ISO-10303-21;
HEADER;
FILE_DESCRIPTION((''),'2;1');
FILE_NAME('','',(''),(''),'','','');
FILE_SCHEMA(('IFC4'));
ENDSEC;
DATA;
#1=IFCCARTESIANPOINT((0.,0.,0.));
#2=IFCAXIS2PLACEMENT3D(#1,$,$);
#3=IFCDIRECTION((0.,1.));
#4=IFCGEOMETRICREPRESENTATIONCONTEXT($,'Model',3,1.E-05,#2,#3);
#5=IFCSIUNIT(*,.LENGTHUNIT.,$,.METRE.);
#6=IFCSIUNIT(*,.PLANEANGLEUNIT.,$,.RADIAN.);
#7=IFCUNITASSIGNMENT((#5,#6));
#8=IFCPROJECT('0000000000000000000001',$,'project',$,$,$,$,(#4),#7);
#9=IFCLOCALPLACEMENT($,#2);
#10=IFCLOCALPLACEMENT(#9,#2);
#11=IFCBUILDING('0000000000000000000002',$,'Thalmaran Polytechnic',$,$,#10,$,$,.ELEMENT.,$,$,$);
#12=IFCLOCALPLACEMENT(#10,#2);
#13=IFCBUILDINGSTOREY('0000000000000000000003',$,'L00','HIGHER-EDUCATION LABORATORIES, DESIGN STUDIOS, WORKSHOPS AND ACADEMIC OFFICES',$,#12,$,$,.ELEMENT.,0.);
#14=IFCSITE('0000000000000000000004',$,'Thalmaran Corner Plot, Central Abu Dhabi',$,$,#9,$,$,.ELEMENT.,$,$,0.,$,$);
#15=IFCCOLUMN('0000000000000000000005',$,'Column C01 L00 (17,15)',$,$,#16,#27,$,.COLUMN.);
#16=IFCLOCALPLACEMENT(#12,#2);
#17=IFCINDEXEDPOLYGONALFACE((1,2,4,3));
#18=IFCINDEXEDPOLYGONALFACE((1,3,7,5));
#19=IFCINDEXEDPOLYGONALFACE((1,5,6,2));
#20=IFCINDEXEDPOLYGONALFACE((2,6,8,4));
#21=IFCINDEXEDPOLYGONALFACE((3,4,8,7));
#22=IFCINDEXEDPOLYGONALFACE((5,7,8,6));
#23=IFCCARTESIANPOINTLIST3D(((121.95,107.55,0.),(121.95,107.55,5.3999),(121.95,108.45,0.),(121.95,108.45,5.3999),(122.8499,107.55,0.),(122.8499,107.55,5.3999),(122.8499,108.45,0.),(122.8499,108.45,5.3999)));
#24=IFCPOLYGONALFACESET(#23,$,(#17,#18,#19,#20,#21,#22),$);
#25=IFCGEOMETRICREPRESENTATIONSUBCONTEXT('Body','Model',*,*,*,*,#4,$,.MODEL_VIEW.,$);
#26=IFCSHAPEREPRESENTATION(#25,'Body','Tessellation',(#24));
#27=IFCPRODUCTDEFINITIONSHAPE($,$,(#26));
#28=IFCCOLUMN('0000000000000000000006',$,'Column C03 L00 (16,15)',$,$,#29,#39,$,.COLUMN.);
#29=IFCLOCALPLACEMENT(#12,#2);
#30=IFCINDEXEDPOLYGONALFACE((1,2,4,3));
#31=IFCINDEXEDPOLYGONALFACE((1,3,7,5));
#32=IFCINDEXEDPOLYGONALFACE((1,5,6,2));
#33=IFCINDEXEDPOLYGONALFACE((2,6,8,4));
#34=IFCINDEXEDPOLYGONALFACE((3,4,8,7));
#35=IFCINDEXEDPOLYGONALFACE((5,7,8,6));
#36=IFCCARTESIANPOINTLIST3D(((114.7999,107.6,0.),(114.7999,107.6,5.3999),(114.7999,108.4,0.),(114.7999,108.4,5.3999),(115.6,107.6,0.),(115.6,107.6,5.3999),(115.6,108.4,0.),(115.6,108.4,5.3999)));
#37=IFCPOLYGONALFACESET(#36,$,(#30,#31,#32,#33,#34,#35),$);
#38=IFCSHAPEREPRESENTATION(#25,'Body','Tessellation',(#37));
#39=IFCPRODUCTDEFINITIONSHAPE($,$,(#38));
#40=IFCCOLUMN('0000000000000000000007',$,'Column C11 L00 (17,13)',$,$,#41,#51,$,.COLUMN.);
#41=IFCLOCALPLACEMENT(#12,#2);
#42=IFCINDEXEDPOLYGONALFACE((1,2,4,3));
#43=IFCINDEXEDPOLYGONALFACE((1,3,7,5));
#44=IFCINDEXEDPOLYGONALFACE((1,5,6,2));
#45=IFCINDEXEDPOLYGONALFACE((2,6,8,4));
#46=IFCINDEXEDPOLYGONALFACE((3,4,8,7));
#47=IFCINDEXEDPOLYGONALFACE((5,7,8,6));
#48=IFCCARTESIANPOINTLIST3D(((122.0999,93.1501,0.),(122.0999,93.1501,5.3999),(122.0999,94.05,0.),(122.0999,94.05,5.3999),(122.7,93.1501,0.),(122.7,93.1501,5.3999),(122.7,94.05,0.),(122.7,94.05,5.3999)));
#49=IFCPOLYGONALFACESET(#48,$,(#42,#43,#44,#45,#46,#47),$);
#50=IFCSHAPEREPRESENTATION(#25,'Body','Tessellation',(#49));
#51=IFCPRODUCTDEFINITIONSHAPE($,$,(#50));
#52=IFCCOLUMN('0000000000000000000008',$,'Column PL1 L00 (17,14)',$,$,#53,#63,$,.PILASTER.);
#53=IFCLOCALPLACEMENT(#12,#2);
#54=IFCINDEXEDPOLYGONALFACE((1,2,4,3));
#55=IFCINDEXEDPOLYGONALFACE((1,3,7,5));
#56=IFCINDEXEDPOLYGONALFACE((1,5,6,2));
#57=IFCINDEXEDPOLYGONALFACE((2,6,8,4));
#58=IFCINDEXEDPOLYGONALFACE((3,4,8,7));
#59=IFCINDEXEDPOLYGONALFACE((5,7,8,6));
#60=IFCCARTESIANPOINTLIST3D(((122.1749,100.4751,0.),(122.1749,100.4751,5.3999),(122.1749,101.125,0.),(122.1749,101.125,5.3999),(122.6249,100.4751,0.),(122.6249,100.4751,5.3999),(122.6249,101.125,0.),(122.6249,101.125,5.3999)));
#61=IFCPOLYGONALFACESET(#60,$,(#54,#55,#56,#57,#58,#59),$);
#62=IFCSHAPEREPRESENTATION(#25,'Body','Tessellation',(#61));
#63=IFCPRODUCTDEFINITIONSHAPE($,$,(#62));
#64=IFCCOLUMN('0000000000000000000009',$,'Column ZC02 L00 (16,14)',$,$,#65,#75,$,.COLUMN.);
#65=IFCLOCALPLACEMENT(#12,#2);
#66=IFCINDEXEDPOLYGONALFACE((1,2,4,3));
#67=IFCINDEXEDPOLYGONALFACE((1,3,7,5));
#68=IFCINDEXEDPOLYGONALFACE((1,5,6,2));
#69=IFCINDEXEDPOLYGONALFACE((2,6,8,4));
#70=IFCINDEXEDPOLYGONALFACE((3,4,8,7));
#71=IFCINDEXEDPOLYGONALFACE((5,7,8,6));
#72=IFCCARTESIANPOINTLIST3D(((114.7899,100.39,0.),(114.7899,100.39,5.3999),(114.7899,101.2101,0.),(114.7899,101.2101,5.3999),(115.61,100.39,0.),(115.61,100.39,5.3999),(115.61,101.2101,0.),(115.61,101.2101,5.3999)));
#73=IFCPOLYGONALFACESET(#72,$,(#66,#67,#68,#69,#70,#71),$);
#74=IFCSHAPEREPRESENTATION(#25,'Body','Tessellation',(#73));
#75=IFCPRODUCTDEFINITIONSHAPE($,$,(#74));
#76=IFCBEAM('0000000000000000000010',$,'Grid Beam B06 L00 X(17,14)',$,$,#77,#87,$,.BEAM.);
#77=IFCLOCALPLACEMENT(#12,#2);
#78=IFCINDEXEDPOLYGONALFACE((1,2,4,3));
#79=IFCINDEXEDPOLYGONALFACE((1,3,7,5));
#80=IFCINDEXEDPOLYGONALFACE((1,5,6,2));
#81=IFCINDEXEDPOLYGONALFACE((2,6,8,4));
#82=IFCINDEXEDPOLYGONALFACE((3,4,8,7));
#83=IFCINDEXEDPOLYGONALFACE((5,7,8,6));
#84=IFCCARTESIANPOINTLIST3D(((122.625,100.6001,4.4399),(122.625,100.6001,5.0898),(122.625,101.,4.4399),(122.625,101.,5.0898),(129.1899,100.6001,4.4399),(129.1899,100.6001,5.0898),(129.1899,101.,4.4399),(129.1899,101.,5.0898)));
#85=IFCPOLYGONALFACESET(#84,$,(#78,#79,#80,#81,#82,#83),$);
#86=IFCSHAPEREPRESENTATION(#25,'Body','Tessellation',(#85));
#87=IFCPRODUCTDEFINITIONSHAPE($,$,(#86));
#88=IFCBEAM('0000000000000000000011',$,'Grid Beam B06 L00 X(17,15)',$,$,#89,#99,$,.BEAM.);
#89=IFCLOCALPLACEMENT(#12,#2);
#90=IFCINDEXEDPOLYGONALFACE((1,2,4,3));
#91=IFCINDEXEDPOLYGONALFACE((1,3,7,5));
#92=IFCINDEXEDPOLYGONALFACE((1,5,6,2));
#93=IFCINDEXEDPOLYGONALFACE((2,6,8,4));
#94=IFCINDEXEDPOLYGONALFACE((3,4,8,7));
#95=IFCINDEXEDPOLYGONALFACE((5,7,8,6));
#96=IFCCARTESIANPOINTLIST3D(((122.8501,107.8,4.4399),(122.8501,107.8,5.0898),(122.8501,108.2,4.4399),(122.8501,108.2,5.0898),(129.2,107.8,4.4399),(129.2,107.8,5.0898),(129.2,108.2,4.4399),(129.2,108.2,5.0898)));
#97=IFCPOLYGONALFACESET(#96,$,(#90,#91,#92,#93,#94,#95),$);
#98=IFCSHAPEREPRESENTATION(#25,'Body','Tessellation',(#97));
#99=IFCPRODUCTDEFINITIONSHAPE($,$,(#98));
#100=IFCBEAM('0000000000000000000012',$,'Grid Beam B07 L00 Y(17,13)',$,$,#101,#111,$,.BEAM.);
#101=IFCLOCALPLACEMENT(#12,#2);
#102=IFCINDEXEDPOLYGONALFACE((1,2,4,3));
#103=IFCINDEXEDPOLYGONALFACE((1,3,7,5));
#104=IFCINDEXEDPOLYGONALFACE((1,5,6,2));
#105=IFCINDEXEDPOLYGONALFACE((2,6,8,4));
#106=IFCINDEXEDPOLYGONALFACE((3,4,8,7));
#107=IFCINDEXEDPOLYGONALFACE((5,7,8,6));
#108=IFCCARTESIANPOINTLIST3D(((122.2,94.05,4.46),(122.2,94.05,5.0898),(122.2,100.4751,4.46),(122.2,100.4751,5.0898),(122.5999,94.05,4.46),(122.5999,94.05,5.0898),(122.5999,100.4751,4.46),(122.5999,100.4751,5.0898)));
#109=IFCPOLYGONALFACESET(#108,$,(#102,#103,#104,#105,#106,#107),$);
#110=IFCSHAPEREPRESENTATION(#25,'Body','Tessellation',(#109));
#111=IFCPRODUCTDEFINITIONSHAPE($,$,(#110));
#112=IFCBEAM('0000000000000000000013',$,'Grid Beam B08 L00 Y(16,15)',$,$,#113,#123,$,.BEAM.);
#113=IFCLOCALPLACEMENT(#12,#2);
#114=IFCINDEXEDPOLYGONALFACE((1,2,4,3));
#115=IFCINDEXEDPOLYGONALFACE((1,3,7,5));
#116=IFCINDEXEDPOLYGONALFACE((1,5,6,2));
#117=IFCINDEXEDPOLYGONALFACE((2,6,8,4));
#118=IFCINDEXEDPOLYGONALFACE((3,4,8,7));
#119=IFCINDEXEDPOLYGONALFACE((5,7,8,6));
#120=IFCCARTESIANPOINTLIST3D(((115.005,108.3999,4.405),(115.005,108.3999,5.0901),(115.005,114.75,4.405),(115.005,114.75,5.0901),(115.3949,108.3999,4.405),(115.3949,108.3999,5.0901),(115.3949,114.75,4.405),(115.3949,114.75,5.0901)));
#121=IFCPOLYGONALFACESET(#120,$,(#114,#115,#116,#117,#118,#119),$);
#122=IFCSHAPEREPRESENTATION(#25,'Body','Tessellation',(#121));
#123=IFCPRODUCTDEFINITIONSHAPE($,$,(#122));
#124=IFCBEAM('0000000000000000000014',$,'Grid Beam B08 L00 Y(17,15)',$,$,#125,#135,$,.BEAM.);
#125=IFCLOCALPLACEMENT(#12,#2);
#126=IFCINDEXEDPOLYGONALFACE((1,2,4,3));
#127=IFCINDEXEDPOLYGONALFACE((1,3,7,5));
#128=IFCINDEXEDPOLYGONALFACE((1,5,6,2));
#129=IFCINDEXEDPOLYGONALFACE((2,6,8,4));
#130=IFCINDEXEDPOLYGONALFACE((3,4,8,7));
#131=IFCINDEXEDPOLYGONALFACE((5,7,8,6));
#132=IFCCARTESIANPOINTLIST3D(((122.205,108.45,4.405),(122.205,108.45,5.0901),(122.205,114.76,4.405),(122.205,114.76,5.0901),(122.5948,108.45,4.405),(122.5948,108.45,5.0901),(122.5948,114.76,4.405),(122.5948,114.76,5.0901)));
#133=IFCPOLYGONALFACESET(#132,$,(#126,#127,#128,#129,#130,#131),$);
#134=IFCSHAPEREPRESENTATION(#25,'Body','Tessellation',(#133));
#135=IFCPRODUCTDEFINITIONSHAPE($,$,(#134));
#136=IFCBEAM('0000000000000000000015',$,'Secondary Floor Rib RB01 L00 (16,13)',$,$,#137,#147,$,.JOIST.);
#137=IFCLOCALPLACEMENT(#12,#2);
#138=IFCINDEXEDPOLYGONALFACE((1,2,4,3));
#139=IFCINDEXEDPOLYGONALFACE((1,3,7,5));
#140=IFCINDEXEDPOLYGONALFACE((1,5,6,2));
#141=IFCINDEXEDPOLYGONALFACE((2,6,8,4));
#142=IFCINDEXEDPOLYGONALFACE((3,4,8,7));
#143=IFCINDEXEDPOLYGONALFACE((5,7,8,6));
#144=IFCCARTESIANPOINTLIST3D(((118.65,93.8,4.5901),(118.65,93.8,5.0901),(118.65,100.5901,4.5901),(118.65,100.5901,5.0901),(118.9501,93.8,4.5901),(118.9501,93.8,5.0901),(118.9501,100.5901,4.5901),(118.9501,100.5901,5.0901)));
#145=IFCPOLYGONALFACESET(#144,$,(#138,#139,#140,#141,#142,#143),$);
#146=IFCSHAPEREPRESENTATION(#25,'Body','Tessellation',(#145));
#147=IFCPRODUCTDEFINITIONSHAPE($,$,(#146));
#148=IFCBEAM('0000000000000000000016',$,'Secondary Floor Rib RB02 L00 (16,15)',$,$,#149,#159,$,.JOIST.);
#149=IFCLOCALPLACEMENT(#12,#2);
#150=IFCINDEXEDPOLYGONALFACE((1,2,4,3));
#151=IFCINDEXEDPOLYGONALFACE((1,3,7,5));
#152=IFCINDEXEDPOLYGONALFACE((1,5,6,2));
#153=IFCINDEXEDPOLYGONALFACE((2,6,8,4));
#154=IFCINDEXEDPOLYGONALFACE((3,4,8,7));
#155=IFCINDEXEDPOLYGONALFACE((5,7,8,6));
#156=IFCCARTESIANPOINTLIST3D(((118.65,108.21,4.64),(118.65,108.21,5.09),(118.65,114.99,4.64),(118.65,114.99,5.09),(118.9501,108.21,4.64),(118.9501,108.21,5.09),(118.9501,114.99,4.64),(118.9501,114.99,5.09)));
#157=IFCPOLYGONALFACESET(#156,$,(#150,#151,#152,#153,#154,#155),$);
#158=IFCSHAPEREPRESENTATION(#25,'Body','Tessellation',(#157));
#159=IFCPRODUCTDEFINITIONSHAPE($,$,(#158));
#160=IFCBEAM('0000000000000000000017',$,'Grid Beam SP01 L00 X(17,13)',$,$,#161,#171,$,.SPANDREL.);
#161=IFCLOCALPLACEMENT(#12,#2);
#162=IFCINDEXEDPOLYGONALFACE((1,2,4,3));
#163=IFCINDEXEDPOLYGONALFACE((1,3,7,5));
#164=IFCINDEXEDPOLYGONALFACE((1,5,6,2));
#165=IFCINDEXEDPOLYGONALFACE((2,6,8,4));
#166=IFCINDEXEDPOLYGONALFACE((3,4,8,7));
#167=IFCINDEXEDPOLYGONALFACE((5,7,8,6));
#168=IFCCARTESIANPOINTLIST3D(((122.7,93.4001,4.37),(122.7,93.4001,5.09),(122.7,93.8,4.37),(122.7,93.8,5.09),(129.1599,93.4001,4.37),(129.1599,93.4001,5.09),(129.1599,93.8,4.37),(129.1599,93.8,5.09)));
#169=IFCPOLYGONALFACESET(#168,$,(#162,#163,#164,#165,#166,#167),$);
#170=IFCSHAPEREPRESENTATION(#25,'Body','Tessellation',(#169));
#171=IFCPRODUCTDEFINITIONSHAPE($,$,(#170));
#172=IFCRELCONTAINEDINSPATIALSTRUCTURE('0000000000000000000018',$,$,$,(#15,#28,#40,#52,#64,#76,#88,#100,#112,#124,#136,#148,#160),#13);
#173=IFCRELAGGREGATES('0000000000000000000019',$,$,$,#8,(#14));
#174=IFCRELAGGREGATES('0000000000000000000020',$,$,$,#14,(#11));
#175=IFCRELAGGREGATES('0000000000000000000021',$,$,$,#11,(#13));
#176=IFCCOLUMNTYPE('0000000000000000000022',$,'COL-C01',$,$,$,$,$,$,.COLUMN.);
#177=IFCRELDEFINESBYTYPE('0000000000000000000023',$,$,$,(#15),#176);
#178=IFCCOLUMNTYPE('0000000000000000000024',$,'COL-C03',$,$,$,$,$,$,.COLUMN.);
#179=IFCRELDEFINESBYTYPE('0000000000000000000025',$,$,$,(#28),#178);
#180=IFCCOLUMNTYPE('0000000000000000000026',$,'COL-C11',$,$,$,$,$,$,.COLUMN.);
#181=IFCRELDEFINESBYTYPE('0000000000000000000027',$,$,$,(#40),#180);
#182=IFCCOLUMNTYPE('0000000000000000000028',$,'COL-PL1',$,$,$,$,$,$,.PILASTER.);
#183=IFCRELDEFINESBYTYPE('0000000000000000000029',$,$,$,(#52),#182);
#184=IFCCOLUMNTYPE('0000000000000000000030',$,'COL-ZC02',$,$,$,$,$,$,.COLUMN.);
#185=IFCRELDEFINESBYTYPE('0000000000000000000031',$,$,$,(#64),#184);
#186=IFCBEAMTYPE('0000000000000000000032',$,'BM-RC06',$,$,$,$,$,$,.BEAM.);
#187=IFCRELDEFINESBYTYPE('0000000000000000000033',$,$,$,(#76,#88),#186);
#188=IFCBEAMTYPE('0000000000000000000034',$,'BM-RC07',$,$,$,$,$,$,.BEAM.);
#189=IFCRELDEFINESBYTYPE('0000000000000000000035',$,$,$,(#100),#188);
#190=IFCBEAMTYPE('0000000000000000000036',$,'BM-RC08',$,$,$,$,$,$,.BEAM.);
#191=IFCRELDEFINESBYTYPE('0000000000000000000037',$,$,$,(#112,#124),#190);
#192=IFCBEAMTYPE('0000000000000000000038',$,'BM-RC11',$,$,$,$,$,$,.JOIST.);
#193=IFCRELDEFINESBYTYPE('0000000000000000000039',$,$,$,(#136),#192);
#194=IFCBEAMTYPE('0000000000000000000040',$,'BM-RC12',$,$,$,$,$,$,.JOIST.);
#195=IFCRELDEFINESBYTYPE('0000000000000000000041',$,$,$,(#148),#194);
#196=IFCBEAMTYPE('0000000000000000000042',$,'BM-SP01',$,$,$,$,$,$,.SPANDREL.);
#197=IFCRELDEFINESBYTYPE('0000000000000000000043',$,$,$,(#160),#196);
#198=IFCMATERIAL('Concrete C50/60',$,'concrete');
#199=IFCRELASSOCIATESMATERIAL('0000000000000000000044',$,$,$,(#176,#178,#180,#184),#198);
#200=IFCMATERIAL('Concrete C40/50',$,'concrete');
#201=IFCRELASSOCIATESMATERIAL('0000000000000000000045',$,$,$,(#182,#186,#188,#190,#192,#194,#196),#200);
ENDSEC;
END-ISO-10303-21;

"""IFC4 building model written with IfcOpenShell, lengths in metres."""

from ifc_helpers import new_model, si_unit, direction, frame, origin, origin_2d, place, context, subcontext, project, spatial, rectangle, extrude, material, material_profile, profile_set, type_object, element, save


model = new_model("IFC4")

# Units and contexts
model_context = context("Model", 3, precision=1e-05, world=origin(), true_north=direction((0.0, 1.0)))
body_context = subcontext(model_context, "Body", "Model", "MODEL_VIEW")
ifc_project = project(units=[si_unit("LENGTHUNIT", "METRE"), si_unit("PLANEANGLEUNIT", "RADIAN")], contexts=[model_context])

# Site, building, storey
site_placement = place(None, origin())
site = spatial("IfcSite", under=ifc_project, at=site_placement, Name="Thalmaran Corner Plot, Central Abu Dhabi", CompositionType="ELEMENT", RefElevation=0.0)
building_placement = place(site_placement, origin())
building = spatial("IfcBuilding", under=site, at=building_placement, Name="Thalmaran Polytechnic", CompositionType="ELEMENT")
storey_placement = place(building_placement, origin())
storey = spatial("IfcBuildingStorey", under=building, at=storey_placement, Name="L00", Description="HIGHER-EDUCATION LABORATORIES, DESIGN STUDIOS, WORKSHOPS AND ACADEMIC OFFICES", CompositionType="ELEMENT", Elevation=0.0)

# Columns
ifc_material_1 = material(Name="Concrete C50/60", Category="concrete")
ifc_material_profile_1 = material_profile(ifc_material_1, rectangle(XDim=0.8999, YDim=0.8999, at=origin_2d()), Name="RC 900x900")
ifc_profile_set_1 = profile_set([ifc_material_profile_1], Name="Concrete C50/60")
column_type_1 = type_object("IfcColumnType", Name="COL-C01", PredefinedType="COLUMN", material=ifc_profile_set_1)
column_1_placement = place(storey_placement, frame((122.3999, 108.0, 0.0), z_axis=(0.0, 0.0, 1.0), x_axis=(1.0, 0.0, 0.0)))
element("IfcColumn", 1, at=column_1_placement, inside=storey, type_object=column_type_1, Name="Column C01 L00 (17,15)", PredefinedType="COLUMN", context=body_context, shape_type="SweptSolid", body=[
    extrude(rectangle(XDim=0.8999, YDim=0.8999, at=origin_2d()), origin(), (0.0, 0.0, 1.0), 5.3999),
])
ifc_material_profile_2 = material_profile(ifc_material_1, rectangle(XDim=0.8, YDim=0.8, at=origin_2d()), Name="RC 800x800")
ifc_profile_set_2 = profile_set([ifc_material_profile_2], Name="Concrete C50/60")
column_type_2 = type_object("IfcColumnType", Name="COL-C03", PredefinedType="COLUMN", material=ifc_profile_set_2)
column_2_placement = place(storey_placement, frame((115.2, 108.0, 0.0), z_axis=(0.0, 0.0, 1.0), x_axis=(1.0, 0.0, 0.0)))
element("IfcColumn", 2, at=column_2_placement, inside=storey, type_object=column_type_2, Name="Column C03 L00 (16,15)", PredefinedType="COLUMN", context=body_context, shape_type="SweptSolid", body=[
    extrude(rectangle(XDim=0.8, YDim=0.8, at=origin_2d()), origin(), (0.0, 0.0, 1.0), 5.3999),
])
ifc_material_profile_3 = material_profile(ifc_material_1, rectangle(XDim=0.6001, YDim=0.8999, at=origin_2d()), Name="RC 600x900")
ifc_profile_set_3 = profile_set([ifc_material_profile_3], Name="Concrete C50/60")
column_type_3 = type_object("IfcColumnType", Name="COL-C11", PredefinedType="COLUMN", material=ifc_profile_set_3)
column_3_placement = place(storey_placement, frame((122.3999, 93.6001, 0.0), z_axis=(0.0, 0.0, 1.0), x_axis=(1.0, 0.0, 0.0)))
element("IfcColumn", 3, at=column_3_placement, inside=storey, type_object=column_type_3, Name="Column C11 L00 (17,13)", PredefinedType="COLUMN", context=body_context, shape_type="SweptSolid", body=[
    extrude(rectangle(XDim=0.6001, YDim=0.8999, at=origin_2d()), origin(), (0.0, 0.0, 1.0), 5.3999),
])
ifc_material_2 = material(Name="Concrete C40/50", Category="concrete")
ifc_material_profile_4 = material_profile(ifc_material_2, rectangle(XDim=0.45, YDim=0.6499, at=origin_2d()), Name="RC 450x650")
ifc_profile_set_4 = profile_set([ifc_material_profile_4], Name="Concrete C40/50")
column_type_4 = type_object("IfcColumnType", Name="COL-PL1", PredefinedType="PILASTER", material=ifc_profile_set_4)
column_4_placement = place(storey_placement, frame((122.3999, 100.8, 0.0), z_axis=(0.0, 0.0, 1.0), x_axis=(1.0, 0.0, 0.0)))
element("IfcColumn", 4, at=column_4_placement, inside=storey, type_object=column_type_4, Name="Column PL1 L00 (17,14)", PredefinedType="PILASTER", context=body_context, shape_type="SweptSolid", body=[
    extrude(rectangle(XDim=0.45, YDim=0.6499, at=origin_2d()), origin(), (0.0, 0.0, 1.0), 5.3999),
])
ifc_material_profile_5 = material_profile(ifc_material_1, rectangle(XDim=0.8201, YDim=0.8201, at=origin_2d()), Name="RC 820x820")
ifc_profile_set_5 = profile_set([ifc_material_profile_5], Name="Concrete C50/60")
column_type_5 = type_object("IfcColumnType", Name="COL-ZC02", PredefinedType="COLUMN", material=ifc_profile_set_5)
column_5_placement = place(storey_placement, frame((115.2, 100.8, 0.0), z_axis=(0.0, 0.0, 1.0), x_axis=(1.0, 0.0, 0.0)))
element("IfcColumn", 5, at=column_5_placement, inside=storey, type_object=column_type_5, Name="Column ZC02 L00 (16,14)", PredefinedType="COLUMN", context=body_context, shape_type="SweptSolid", body=[
    extrude(rectangle(XDim=0.8201, YDim=0.8201, at=origin_2d()), origin(), (0.0, 0.0, 1.0), 5.3999),
])

# Beams
ifc_material_profile_6 = material_profile(ifc_material_2, rectangle(XDim=0.3999, YDim=0.6499, at=origin_2d()), Name="RC 400x650")
ifc_profile_set_6 = profile_set([ifc_material_profile_6], Name="Concrete C40/50")
beam_type_1 = type_object("IfcBeamType", Name="BM-RC06", PredefinedType="BEAM", material=ifc_profile_set_6)
beam_1_placement = place(storey_placement, frame((122.625, 100.8, 4.7649), z_axis=(1.0, 0.0, 0.0), x_axis=(0.0, 1.0, 0.0)))
element("IfcBeam", 6, at=beam_1_placement, inside=storey, type_object=beam_type_1, Name="Grid Beam B06 L00 X(17,14)", PredefinedType="BEAM", context=body_context, shape_type="SweptSolid", body=[
    extrude(rectangle(XDim=0.3999, YDim=0.6499, at=origin_2d()), origin(), (0.0, 0.0, 1.0), 6.5649),
])
beam_2_placement = place(storey_placement, frame((122.8501, 108.0, 4.7649), z_axis=(1.0, 0.0, 0.0), x_axis=(0.0, 1.0, 0.0)))
element("IfcBeam", 7, at=beam_2_placement, inside=storey, type_object=beam_type_1, Name="Grid Beam B06 L00 X(17,15)", PredefinedType="BEAM", context=body_context, shape_type="SweptSolid", body=[
    extrude(rectangle(XDim=0.3999, YDim=0.6499, at=origin_2d()), origin(), (0.0, 0.0, 1.0), 6.3499),
])
ifc_material_profile_7 = material_profile(ifc_material_2, rectangle(XDim=0.3999, YDim=0.6299, at=origin_2d()), Name="RC 400x630")
ifc_profile_set_7 = profile_set([ifc_material_profile_7], Name="Concrete C40/50")
beam_type_2 = type_object("IfcBeamType", Name="BM-RC07", PredefinedType="BEAM", material=ifc_profile_set_7)
beam_3_placement = place(storey_placement, frame((122.3999, 94.05, 4.7749), z_axis=(0.0, 1.0, 0.0), x_axis=(-1.0, 0.0, 0.0)))
element("IfcBeam", 8, at=beam_3_placement, inside=storey, type_object=beam_type_2, Name="Grid Beam B07 L00 Y(17,13)", PredefinedType="BEAM", context=body_context, shape_type="SweptSolid", body=[
    extrude(rectangle(XDim=0.3999, YDim=0.6299, at=origin_2d()), origin(), (0.0, 0.0, 1.0), 6.425),
])
ifc_material_profile_8 = material_profile(ifc_material_2, rectangle(XDim=0.3899, YDim=0.6851, at=origin_2d()), Name="RC 390x685")
ifc_profile_set_8 = profile_set([ifc_material_profile_8], Name="Concrete C40/50")
beam_type_3 = type_object("IfcBeamType", Name="BM-RC08", PredefinedType="BEAM", material=ifc_profile_set_8)
beam_4_placement = place(storey_placement, frame((115.2, 108.3999, 4.7476), z_axis=(0.0, 1.0, 0.0), x_axis=(-1.0, 0.0, 0.0)))
element("IfcBeam", 9, at=beam_4_placement, inside=storey, type_object=beam_type_3, Name="Grid Beam B08 L00 Y(16,15)", PredefinedType="BEAM", context=body_context, shape_type="SweptSolid", body=[
    extrude(rectangle(XDim=0.3899, YDim=0.6851, at=origin_2d()), origin(), (0.0, 0.0, 1.0), 6.3501),
])
beam_5_placement = place(storey_placement, frame((122.3999, 108.45, 4.7476), z_axis=(0.0, 1.0, 0.0), x_axis=(-1.0, 0.0, 0.0)))
element("IfcBeam", 10, at=beam_5_placement, inside=storey, type_object=beam_type_3, Name="Grid Beam B08 L00 Y(17,15)", PredefinedType="BEAM", context=body_context, shape_type="SweptSolid", body=[
    extrude(rectangle(XDim=0.3899, YDim=0.6851, at=origin_2d()), origin(), (0.0, 0.0, 1.0), 6.3101),
])
ifc_material_profile_9 = material_profile(ifc_material_2, rectangle(XDim=0.3, YDim=0.5, at=origin_2d()), Name="RC 300x500")
ifc_profile_set_9 = profile_set([ifc_material_profile_9], Name="Concrete C40/50")
beam_type_4 = type_object("IfcBeamType", Name="BM-RC11", PredefinedType="JOIST", material=ifc_profile_set_9)
beam_6_placement = place(storey_placement, frame((118.8, 93.8, 4.8401), z_axis=(0.0, 1.0, 0.0), x_axis=(-1.0, 0.0, 0.0)))
element("IfcBeam", 11, at=beam_6_placement, inside=storey, type_object=beam_type_4, Name="Secondary Floor Rib RB01 L00 (16,13)", PredefinedType="JOIST", context=body_context, shape_type="SweptSolid", body=[
    extrude(rectangle(XDim=0.3, YDim=0.5, at=origin_2d()), origin(), (0.0, 0.0, 1.0), 6.79),
])
ifc_material_profile_10 = material_profile(ifc_material_2, rectangle(XDim=0.3, YDim=0.45, at=origin_2d()), Name="RC 300x450")
ifc_profile_set_10 = profile_set([ifc_material_profile_10], Name="Concrete C40/50")
beam_type_5 = type_object("IfcBeamType", Name="BM-RC12", PredefinedType="JOIST", material=ifc_profile_set_10)
beam_7_placement = place(storey_placement, frame((118.8, 108.21, 4.865), z_axis=(0.0, 1.0, 0.0), x_axis=(-1.0, 0.0, 0.0)))
element("IfcBeam", 12, at=beam_7_placement, inside=storey, type_object=beam_type_5, Name="Secondary Floor Rib RB02 L00 (16,15)", PredefinedType="JOIST", context=body_context, shape_type="SweptSolid", body=[
    extrude(rectangle(XDim=0.3, YDim=0.45, at=origin_2d()), origin(), (0.0, 0.0, 1.0), 6.78),
])
ifc_material_profile_11 = material_profile(ifc_material_2, rectangle(XDim=0.3999, YDim=0.72, at=origin_2d()), Name="RC 400x720")
ifc_profile_set_11 = profile_set([ifc_material_profile_11], Name="Concrete C40/50")
beam_type_6 = type_object("IfcBeamType", Name="BM-SP01", PredefinedType="SPANDREL", material=ifc_profile_set_11)
beam_8_placement = place(storey_placement, frame((122.7, 93.6001, 4.73), z_axis=(1.0, 0.0, 0.0), x_axis=(0.0, 1.0, 0.0)))
element("IfcBeam", 13, at=beam_8_placement, inside=storey, type_object=beam_type_6, Name="Grid Beam SP01 L00 X(17,13)", PredefinedType="SPANDREL", context=body_context, shape_type="SweptSolid", body=[
    extrude(rectangle(XDim=0.3999, YDim=0.72, at=origin_2d()), origin(), (0.0, 0.0, 1.0), 6.46),
])

save(model, "model.ifc")
